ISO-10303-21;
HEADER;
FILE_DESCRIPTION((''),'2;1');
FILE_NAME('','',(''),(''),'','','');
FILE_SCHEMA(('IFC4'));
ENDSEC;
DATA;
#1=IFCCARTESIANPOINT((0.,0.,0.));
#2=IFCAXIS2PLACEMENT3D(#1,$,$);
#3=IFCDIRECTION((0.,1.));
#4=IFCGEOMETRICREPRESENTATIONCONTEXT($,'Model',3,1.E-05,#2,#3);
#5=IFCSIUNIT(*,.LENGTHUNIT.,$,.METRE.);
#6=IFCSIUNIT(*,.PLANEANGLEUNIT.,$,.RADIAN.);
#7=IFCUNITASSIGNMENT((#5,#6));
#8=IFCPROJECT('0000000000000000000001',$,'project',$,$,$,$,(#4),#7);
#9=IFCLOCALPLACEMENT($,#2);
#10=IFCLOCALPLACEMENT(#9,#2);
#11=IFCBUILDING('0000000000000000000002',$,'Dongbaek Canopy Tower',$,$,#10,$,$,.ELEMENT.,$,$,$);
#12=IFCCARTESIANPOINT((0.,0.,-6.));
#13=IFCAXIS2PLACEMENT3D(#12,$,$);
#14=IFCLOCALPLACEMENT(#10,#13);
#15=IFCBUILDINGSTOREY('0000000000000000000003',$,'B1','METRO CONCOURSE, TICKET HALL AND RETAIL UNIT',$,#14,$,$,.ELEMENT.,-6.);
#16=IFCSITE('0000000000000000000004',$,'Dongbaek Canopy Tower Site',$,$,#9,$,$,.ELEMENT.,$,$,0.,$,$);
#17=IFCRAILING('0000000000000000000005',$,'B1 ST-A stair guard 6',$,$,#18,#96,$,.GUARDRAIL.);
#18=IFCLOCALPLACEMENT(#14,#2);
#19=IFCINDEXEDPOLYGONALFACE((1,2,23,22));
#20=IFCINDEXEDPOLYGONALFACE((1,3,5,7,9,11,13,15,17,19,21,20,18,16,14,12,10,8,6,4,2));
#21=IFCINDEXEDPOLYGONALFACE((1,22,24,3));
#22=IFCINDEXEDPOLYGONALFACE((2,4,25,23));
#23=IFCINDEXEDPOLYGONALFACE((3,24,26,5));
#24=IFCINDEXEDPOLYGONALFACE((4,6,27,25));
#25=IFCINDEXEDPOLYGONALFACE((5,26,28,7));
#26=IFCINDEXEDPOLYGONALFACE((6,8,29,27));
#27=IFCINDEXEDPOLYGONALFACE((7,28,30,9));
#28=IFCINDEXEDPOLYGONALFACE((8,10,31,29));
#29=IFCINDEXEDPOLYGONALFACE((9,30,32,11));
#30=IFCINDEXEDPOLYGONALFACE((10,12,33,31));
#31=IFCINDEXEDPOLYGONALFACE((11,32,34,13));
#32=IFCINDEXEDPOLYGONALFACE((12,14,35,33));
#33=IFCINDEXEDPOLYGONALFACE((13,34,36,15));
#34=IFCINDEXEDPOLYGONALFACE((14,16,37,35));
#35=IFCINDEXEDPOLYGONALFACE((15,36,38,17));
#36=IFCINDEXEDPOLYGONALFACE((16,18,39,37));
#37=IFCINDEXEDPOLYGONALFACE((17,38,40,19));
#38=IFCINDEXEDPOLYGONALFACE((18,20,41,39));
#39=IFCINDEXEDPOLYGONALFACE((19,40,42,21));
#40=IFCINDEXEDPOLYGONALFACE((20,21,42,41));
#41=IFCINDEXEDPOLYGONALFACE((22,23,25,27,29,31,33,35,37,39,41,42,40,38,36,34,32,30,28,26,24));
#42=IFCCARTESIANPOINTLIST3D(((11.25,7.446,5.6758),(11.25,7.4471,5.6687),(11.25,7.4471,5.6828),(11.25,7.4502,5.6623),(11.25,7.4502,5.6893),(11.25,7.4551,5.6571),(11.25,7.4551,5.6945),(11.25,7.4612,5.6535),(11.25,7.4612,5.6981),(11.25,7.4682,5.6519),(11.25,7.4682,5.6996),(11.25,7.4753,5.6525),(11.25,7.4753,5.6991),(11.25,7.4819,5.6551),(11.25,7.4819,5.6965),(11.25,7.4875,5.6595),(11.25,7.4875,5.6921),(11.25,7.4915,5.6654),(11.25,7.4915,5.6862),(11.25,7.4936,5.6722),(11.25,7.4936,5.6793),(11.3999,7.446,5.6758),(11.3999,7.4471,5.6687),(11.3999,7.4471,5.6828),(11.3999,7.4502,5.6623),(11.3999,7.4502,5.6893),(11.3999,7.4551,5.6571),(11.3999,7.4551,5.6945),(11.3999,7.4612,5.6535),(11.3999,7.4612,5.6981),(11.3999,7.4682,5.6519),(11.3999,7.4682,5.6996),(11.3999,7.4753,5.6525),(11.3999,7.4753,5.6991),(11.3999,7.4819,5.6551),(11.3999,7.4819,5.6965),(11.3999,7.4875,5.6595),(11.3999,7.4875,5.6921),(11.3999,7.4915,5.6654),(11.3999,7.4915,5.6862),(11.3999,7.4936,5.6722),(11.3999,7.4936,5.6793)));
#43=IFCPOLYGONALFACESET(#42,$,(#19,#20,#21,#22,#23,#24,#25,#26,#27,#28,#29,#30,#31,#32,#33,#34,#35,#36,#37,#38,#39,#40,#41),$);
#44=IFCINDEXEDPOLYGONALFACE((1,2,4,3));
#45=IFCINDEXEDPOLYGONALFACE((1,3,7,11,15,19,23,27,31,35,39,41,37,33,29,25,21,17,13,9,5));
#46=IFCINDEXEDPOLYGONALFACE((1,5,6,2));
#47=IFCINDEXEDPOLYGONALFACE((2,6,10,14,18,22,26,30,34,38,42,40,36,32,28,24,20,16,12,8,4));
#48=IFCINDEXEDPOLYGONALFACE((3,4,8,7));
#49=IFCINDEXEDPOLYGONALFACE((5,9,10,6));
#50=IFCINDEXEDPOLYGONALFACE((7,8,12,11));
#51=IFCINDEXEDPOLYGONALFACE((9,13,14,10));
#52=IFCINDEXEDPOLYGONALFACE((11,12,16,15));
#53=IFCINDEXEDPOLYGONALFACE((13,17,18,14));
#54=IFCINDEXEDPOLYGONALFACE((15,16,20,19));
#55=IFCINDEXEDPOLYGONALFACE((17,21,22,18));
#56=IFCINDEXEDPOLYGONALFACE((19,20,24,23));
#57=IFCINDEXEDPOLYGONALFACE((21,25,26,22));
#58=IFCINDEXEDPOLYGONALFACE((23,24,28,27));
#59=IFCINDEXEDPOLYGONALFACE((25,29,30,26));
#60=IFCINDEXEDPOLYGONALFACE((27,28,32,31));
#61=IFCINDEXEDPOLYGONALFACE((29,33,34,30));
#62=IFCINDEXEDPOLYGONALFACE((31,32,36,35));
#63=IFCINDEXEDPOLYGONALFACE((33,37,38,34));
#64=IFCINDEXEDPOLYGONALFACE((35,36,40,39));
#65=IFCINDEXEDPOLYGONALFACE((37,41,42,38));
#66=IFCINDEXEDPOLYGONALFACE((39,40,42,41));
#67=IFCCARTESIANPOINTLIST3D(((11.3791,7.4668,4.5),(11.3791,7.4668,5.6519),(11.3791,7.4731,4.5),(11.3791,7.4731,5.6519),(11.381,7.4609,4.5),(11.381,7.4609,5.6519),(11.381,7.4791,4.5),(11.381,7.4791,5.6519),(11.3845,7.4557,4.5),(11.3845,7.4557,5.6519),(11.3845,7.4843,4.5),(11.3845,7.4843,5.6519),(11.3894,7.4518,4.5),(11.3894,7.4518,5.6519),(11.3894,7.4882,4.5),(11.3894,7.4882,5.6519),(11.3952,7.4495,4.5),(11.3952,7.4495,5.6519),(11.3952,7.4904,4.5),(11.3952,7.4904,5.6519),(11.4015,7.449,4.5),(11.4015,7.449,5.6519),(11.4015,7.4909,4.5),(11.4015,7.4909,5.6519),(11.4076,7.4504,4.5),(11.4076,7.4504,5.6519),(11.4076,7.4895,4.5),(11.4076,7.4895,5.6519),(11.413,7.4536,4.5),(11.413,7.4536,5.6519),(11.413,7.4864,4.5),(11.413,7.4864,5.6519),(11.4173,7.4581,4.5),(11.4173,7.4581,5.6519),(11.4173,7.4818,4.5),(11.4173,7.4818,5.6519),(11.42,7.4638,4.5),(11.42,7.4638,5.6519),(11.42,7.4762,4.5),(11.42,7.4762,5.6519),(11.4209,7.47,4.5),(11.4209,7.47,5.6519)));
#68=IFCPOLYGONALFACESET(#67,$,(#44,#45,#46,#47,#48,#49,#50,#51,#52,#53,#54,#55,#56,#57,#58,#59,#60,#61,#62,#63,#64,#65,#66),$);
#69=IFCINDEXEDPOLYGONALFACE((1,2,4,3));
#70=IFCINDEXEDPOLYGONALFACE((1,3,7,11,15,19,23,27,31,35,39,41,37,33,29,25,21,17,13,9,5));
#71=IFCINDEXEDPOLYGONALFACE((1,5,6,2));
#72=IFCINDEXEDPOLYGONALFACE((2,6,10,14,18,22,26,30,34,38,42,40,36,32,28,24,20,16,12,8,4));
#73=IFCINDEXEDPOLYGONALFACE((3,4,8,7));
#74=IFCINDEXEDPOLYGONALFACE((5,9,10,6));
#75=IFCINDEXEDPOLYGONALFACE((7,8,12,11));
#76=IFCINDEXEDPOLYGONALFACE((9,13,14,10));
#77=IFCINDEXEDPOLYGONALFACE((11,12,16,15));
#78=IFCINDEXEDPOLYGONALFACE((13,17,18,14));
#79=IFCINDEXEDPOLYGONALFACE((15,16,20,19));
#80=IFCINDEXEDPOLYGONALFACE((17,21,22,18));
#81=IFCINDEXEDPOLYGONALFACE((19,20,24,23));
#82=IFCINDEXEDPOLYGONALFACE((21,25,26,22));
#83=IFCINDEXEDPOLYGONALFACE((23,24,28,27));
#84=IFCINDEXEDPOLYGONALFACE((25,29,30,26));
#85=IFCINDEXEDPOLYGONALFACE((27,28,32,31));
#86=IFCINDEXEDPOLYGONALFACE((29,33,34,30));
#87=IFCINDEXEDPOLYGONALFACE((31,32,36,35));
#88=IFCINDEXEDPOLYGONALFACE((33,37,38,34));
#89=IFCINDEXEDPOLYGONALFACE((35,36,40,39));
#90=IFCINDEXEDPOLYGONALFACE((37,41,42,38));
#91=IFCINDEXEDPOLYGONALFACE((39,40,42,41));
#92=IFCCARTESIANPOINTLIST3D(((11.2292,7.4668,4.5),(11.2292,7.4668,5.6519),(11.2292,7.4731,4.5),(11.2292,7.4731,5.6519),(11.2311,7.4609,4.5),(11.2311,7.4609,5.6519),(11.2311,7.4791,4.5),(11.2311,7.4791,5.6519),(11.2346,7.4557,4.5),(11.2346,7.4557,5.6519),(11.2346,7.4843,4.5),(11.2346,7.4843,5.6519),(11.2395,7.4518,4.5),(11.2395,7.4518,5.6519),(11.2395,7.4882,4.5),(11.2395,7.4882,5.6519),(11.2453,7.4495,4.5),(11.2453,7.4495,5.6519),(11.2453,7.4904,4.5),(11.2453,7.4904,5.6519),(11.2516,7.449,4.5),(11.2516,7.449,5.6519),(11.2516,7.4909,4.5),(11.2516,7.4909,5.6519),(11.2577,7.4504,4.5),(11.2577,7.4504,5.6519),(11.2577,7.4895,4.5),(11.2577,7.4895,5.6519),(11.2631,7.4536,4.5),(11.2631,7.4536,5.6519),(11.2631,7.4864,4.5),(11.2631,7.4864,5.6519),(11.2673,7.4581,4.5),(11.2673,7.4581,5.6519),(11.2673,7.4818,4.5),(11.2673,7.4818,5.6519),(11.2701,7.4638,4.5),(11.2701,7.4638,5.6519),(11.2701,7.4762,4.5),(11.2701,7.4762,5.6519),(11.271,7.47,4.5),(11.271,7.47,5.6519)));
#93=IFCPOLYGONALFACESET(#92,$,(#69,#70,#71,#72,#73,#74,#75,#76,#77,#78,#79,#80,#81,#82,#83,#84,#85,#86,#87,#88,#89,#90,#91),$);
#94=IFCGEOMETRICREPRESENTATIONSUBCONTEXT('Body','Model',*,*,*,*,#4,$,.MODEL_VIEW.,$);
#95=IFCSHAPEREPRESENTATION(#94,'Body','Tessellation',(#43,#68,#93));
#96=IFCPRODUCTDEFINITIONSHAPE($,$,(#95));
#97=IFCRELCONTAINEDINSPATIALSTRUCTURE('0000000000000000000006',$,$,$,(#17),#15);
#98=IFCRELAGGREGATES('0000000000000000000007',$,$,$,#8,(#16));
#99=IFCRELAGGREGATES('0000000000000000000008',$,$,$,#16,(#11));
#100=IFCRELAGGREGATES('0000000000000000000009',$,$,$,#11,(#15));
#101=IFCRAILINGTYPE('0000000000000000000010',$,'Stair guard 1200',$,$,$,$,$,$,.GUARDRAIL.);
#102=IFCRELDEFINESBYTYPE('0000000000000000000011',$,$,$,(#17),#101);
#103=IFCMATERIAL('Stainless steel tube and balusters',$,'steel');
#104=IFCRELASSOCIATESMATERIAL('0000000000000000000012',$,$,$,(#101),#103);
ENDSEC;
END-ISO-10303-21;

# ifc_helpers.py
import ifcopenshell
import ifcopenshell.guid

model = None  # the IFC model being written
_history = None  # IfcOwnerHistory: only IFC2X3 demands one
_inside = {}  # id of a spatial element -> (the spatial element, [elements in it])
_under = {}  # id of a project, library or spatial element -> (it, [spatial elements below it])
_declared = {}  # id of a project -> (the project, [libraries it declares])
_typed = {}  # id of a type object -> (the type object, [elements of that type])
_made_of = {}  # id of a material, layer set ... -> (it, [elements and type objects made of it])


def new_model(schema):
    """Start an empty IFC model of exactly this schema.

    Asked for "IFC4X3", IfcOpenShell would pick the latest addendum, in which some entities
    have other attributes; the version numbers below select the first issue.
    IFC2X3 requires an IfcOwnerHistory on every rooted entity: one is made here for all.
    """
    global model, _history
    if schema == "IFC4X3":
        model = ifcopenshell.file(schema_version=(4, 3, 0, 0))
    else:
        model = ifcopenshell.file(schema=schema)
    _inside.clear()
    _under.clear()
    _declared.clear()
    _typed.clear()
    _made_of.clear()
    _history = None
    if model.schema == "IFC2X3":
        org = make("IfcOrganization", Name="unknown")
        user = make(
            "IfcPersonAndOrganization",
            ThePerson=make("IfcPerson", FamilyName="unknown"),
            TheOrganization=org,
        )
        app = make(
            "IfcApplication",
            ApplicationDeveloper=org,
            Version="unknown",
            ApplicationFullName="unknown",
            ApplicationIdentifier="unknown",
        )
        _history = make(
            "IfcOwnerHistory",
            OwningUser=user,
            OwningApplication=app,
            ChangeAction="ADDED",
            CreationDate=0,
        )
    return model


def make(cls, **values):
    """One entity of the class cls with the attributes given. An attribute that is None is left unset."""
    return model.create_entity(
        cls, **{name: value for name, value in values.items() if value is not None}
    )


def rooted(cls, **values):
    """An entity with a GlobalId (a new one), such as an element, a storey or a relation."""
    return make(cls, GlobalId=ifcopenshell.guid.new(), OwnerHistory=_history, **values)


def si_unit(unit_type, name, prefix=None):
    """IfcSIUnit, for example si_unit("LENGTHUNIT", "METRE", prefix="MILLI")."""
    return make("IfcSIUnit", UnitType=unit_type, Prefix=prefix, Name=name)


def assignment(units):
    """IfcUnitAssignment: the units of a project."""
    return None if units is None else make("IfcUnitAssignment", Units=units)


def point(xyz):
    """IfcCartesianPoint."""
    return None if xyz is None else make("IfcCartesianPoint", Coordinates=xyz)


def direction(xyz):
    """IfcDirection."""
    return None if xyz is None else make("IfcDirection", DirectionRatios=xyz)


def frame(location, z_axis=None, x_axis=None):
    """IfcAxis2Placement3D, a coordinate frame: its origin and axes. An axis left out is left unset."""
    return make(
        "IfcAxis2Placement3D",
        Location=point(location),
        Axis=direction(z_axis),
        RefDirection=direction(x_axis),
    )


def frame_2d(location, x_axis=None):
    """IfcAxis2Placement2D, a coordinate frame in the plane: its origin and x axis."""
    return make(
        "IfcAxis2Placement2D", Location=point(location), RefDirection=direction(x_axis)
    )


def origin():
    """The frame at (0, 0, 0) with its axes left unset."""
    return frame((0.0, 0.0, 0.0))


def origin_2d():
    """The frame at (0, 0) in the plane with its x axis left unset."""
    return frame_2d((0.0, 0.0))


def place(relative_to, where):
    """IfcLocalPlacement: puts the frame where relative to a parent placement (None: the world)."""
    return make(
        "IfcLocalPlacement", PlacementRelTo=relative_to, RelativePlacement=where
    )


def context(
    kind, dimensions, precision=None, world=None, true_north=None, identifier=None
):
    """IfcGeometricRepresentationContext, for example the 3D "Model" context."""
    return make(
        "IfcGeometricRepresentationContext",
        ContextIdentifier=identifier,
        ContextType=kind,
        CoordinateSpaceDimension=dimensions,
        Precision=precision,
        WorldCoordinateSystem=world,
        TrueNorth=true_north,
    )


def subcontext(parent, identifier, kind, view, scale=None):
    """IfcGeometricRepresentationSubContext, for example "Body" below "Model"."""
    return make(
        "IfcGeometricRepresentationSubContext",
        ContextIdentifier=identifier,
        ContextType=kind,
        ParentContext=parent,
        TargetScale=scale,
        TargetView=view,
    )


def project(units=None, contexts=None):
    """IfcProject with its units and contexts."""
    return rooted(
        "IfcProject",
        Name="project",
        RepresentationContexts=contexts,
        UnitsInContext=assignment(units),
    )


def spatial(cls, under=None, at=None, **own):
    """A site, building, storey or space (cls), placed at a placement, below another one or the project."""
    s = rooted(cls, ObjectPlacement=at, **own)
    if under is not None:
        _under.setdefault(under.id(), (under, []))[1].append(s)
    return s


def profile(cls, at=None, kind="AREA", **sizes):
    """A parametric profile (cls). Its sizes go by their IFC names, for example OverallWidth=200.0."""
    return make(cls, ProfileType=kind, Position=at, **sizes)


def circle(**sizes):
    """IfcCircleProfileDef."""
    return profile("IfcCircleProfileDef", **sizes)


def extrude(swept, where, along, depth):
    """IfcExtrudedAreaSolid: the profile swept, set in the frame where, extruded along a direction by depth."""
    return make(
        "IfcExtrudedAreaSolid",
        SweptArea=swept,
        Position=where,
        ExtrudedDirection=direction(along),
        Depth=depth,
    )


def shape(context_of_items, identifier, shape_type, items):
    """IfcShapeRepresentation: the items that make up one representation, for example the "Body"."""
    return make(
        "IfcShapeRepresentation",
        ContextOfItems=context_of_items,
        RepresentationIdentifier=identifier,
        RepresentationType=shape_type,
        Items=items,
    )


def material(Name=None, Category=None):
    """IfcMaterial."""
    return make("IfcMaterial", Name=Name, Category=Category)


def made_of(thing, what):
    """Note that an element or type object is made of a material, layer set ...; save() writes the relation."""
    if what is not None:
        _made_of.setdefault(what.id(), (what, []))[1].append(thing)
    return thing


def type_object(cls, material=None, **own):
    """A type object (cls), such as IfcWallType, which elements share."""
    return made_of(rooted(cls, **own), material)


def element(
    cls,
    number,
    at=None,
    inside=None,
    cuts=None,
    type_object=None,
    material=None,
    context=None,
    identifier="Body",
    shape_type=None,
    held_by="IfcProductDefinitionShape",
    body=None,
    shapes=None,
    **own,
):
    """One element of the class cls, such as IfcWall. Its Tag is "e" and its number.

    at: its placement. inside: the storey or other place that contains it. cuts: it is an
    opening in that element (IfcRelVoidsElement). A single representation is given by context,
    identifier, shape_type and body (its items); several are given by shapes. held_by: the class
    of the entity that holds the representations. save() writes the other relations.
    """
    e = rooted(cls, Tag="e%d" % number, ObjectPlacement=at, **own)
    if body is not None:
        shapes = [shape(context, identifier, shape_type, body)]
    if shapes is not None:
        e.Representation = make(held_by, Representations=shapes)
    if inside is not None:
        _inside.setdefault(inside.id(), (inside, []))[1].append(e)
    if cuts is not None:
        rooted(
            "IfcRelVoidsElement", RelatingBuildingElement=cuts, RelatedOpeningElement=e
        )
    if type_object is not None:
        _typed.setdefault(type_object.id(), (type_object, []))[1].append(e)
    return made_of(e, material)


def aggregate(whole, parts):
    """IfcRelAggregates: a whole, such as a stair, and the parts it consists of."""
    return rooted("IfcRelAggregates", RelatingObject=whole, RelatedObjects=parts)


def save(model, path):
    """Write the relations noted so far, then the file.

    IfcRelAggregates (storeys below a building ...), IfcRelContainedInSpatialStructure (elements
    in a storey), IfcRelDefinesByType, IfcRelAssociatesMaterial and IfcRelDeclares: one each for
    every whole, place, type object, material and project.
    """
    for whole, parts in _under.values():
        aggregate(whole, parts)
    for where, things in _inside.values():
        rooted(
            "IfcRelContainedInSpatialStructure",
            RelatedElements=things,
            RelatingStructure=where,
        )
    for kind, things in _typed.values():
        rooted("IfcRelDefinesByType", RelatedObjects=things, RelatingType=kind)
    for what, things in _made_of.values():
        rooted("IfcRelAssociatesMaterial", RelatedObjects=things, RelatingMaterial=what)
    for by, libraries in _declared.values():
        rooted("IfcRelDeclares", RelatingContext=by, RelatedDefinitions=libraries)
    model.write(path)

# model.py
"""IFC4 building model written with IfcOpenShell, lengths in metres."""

from ifc_helpers import new_model, si_unit, direction, frame, origin, origin_2d, place, context, subcontext, project, spatial, circle, extrude, material, type_object, element, save


model = new_model("IFC4")

# Units and contexts
model_context = context("Model", 3, precision=1e-05, world=origin(), true_north=direction((0.0, 1.0)))
body_context = subcontext(model_context, "Body", "Model", "MODEL_VIEW")
ifc_project = project(units=[si_unit("LENGTHUNIT", "METRE"), si_unit("PLANEANGLEUNIT", "RADIAN")], contexts=[model_context])

# Site, building, storey
site_placement = place(None, origin())
site = spatial("IfcSite", under=ifc_project, at=site_placement, Name="Dongbaek Canopy Tower Site", CompositionType="ELEMENT", RefElevation=0.0)
building_placement = place(site_placement, origin())
building = spatial("IfcBuilding", under=site, at=building_placement, Name="Dongbaek Canopy Tower", CompositionType="ELEMENT")
storey_placement = place(building_placement, frame((0.0, 0.0, -6.0)))
storey = spatial("IfcBuildingStorey", under=building, at=storey_placement, Name="B1", Description="METRO CONCOURSE, TICKET HALL AND RETAIL UNIT", CompositionType="ELEMENT", Elevation=-6.0)

# Railing
ifc_material_1 = material(Name="Stainless steel tube and balusters", Category="steel")
railing_type_1 = type_object("IfcRailingType", Name="Stair guard 1200", PredefinedType="GUARDRAIL", material=ifc_material_1)
railing_1_placement = place(storey_placement, frame((11.3999, 7.47, 4.5)))
element("IfcRailing", 1, at=railing_1_placement, inside=storey, type_object=railing_type_1, Name="B1 ST-A stair guard 6", PredefinedType="GUARDRAIL", context=body_context, shape_type="SweptSolid", body=[
    extrude(circle(Radius=0.0239, at=origin_2d()), frame((0.0, 0.0, 1.1758), z_axis=(-1.0, 0.0, 0.0), x_axis=(0.0, -1.0, 0.0)), (0.0, 0.0, 1.0), 0.1499),
    extrude(circle(Radius=0.021, at=origin_2d()), origin(), (0.0, 0.0, 1.0), 1.1519),
    extrude(circle(Radius=0.021, at=origin_2d()), frame((-0.1499, 0.0, 0.0)), (0.0, 0.0, 1.0), 1.1519),
])

save(model, "model.ifc")
